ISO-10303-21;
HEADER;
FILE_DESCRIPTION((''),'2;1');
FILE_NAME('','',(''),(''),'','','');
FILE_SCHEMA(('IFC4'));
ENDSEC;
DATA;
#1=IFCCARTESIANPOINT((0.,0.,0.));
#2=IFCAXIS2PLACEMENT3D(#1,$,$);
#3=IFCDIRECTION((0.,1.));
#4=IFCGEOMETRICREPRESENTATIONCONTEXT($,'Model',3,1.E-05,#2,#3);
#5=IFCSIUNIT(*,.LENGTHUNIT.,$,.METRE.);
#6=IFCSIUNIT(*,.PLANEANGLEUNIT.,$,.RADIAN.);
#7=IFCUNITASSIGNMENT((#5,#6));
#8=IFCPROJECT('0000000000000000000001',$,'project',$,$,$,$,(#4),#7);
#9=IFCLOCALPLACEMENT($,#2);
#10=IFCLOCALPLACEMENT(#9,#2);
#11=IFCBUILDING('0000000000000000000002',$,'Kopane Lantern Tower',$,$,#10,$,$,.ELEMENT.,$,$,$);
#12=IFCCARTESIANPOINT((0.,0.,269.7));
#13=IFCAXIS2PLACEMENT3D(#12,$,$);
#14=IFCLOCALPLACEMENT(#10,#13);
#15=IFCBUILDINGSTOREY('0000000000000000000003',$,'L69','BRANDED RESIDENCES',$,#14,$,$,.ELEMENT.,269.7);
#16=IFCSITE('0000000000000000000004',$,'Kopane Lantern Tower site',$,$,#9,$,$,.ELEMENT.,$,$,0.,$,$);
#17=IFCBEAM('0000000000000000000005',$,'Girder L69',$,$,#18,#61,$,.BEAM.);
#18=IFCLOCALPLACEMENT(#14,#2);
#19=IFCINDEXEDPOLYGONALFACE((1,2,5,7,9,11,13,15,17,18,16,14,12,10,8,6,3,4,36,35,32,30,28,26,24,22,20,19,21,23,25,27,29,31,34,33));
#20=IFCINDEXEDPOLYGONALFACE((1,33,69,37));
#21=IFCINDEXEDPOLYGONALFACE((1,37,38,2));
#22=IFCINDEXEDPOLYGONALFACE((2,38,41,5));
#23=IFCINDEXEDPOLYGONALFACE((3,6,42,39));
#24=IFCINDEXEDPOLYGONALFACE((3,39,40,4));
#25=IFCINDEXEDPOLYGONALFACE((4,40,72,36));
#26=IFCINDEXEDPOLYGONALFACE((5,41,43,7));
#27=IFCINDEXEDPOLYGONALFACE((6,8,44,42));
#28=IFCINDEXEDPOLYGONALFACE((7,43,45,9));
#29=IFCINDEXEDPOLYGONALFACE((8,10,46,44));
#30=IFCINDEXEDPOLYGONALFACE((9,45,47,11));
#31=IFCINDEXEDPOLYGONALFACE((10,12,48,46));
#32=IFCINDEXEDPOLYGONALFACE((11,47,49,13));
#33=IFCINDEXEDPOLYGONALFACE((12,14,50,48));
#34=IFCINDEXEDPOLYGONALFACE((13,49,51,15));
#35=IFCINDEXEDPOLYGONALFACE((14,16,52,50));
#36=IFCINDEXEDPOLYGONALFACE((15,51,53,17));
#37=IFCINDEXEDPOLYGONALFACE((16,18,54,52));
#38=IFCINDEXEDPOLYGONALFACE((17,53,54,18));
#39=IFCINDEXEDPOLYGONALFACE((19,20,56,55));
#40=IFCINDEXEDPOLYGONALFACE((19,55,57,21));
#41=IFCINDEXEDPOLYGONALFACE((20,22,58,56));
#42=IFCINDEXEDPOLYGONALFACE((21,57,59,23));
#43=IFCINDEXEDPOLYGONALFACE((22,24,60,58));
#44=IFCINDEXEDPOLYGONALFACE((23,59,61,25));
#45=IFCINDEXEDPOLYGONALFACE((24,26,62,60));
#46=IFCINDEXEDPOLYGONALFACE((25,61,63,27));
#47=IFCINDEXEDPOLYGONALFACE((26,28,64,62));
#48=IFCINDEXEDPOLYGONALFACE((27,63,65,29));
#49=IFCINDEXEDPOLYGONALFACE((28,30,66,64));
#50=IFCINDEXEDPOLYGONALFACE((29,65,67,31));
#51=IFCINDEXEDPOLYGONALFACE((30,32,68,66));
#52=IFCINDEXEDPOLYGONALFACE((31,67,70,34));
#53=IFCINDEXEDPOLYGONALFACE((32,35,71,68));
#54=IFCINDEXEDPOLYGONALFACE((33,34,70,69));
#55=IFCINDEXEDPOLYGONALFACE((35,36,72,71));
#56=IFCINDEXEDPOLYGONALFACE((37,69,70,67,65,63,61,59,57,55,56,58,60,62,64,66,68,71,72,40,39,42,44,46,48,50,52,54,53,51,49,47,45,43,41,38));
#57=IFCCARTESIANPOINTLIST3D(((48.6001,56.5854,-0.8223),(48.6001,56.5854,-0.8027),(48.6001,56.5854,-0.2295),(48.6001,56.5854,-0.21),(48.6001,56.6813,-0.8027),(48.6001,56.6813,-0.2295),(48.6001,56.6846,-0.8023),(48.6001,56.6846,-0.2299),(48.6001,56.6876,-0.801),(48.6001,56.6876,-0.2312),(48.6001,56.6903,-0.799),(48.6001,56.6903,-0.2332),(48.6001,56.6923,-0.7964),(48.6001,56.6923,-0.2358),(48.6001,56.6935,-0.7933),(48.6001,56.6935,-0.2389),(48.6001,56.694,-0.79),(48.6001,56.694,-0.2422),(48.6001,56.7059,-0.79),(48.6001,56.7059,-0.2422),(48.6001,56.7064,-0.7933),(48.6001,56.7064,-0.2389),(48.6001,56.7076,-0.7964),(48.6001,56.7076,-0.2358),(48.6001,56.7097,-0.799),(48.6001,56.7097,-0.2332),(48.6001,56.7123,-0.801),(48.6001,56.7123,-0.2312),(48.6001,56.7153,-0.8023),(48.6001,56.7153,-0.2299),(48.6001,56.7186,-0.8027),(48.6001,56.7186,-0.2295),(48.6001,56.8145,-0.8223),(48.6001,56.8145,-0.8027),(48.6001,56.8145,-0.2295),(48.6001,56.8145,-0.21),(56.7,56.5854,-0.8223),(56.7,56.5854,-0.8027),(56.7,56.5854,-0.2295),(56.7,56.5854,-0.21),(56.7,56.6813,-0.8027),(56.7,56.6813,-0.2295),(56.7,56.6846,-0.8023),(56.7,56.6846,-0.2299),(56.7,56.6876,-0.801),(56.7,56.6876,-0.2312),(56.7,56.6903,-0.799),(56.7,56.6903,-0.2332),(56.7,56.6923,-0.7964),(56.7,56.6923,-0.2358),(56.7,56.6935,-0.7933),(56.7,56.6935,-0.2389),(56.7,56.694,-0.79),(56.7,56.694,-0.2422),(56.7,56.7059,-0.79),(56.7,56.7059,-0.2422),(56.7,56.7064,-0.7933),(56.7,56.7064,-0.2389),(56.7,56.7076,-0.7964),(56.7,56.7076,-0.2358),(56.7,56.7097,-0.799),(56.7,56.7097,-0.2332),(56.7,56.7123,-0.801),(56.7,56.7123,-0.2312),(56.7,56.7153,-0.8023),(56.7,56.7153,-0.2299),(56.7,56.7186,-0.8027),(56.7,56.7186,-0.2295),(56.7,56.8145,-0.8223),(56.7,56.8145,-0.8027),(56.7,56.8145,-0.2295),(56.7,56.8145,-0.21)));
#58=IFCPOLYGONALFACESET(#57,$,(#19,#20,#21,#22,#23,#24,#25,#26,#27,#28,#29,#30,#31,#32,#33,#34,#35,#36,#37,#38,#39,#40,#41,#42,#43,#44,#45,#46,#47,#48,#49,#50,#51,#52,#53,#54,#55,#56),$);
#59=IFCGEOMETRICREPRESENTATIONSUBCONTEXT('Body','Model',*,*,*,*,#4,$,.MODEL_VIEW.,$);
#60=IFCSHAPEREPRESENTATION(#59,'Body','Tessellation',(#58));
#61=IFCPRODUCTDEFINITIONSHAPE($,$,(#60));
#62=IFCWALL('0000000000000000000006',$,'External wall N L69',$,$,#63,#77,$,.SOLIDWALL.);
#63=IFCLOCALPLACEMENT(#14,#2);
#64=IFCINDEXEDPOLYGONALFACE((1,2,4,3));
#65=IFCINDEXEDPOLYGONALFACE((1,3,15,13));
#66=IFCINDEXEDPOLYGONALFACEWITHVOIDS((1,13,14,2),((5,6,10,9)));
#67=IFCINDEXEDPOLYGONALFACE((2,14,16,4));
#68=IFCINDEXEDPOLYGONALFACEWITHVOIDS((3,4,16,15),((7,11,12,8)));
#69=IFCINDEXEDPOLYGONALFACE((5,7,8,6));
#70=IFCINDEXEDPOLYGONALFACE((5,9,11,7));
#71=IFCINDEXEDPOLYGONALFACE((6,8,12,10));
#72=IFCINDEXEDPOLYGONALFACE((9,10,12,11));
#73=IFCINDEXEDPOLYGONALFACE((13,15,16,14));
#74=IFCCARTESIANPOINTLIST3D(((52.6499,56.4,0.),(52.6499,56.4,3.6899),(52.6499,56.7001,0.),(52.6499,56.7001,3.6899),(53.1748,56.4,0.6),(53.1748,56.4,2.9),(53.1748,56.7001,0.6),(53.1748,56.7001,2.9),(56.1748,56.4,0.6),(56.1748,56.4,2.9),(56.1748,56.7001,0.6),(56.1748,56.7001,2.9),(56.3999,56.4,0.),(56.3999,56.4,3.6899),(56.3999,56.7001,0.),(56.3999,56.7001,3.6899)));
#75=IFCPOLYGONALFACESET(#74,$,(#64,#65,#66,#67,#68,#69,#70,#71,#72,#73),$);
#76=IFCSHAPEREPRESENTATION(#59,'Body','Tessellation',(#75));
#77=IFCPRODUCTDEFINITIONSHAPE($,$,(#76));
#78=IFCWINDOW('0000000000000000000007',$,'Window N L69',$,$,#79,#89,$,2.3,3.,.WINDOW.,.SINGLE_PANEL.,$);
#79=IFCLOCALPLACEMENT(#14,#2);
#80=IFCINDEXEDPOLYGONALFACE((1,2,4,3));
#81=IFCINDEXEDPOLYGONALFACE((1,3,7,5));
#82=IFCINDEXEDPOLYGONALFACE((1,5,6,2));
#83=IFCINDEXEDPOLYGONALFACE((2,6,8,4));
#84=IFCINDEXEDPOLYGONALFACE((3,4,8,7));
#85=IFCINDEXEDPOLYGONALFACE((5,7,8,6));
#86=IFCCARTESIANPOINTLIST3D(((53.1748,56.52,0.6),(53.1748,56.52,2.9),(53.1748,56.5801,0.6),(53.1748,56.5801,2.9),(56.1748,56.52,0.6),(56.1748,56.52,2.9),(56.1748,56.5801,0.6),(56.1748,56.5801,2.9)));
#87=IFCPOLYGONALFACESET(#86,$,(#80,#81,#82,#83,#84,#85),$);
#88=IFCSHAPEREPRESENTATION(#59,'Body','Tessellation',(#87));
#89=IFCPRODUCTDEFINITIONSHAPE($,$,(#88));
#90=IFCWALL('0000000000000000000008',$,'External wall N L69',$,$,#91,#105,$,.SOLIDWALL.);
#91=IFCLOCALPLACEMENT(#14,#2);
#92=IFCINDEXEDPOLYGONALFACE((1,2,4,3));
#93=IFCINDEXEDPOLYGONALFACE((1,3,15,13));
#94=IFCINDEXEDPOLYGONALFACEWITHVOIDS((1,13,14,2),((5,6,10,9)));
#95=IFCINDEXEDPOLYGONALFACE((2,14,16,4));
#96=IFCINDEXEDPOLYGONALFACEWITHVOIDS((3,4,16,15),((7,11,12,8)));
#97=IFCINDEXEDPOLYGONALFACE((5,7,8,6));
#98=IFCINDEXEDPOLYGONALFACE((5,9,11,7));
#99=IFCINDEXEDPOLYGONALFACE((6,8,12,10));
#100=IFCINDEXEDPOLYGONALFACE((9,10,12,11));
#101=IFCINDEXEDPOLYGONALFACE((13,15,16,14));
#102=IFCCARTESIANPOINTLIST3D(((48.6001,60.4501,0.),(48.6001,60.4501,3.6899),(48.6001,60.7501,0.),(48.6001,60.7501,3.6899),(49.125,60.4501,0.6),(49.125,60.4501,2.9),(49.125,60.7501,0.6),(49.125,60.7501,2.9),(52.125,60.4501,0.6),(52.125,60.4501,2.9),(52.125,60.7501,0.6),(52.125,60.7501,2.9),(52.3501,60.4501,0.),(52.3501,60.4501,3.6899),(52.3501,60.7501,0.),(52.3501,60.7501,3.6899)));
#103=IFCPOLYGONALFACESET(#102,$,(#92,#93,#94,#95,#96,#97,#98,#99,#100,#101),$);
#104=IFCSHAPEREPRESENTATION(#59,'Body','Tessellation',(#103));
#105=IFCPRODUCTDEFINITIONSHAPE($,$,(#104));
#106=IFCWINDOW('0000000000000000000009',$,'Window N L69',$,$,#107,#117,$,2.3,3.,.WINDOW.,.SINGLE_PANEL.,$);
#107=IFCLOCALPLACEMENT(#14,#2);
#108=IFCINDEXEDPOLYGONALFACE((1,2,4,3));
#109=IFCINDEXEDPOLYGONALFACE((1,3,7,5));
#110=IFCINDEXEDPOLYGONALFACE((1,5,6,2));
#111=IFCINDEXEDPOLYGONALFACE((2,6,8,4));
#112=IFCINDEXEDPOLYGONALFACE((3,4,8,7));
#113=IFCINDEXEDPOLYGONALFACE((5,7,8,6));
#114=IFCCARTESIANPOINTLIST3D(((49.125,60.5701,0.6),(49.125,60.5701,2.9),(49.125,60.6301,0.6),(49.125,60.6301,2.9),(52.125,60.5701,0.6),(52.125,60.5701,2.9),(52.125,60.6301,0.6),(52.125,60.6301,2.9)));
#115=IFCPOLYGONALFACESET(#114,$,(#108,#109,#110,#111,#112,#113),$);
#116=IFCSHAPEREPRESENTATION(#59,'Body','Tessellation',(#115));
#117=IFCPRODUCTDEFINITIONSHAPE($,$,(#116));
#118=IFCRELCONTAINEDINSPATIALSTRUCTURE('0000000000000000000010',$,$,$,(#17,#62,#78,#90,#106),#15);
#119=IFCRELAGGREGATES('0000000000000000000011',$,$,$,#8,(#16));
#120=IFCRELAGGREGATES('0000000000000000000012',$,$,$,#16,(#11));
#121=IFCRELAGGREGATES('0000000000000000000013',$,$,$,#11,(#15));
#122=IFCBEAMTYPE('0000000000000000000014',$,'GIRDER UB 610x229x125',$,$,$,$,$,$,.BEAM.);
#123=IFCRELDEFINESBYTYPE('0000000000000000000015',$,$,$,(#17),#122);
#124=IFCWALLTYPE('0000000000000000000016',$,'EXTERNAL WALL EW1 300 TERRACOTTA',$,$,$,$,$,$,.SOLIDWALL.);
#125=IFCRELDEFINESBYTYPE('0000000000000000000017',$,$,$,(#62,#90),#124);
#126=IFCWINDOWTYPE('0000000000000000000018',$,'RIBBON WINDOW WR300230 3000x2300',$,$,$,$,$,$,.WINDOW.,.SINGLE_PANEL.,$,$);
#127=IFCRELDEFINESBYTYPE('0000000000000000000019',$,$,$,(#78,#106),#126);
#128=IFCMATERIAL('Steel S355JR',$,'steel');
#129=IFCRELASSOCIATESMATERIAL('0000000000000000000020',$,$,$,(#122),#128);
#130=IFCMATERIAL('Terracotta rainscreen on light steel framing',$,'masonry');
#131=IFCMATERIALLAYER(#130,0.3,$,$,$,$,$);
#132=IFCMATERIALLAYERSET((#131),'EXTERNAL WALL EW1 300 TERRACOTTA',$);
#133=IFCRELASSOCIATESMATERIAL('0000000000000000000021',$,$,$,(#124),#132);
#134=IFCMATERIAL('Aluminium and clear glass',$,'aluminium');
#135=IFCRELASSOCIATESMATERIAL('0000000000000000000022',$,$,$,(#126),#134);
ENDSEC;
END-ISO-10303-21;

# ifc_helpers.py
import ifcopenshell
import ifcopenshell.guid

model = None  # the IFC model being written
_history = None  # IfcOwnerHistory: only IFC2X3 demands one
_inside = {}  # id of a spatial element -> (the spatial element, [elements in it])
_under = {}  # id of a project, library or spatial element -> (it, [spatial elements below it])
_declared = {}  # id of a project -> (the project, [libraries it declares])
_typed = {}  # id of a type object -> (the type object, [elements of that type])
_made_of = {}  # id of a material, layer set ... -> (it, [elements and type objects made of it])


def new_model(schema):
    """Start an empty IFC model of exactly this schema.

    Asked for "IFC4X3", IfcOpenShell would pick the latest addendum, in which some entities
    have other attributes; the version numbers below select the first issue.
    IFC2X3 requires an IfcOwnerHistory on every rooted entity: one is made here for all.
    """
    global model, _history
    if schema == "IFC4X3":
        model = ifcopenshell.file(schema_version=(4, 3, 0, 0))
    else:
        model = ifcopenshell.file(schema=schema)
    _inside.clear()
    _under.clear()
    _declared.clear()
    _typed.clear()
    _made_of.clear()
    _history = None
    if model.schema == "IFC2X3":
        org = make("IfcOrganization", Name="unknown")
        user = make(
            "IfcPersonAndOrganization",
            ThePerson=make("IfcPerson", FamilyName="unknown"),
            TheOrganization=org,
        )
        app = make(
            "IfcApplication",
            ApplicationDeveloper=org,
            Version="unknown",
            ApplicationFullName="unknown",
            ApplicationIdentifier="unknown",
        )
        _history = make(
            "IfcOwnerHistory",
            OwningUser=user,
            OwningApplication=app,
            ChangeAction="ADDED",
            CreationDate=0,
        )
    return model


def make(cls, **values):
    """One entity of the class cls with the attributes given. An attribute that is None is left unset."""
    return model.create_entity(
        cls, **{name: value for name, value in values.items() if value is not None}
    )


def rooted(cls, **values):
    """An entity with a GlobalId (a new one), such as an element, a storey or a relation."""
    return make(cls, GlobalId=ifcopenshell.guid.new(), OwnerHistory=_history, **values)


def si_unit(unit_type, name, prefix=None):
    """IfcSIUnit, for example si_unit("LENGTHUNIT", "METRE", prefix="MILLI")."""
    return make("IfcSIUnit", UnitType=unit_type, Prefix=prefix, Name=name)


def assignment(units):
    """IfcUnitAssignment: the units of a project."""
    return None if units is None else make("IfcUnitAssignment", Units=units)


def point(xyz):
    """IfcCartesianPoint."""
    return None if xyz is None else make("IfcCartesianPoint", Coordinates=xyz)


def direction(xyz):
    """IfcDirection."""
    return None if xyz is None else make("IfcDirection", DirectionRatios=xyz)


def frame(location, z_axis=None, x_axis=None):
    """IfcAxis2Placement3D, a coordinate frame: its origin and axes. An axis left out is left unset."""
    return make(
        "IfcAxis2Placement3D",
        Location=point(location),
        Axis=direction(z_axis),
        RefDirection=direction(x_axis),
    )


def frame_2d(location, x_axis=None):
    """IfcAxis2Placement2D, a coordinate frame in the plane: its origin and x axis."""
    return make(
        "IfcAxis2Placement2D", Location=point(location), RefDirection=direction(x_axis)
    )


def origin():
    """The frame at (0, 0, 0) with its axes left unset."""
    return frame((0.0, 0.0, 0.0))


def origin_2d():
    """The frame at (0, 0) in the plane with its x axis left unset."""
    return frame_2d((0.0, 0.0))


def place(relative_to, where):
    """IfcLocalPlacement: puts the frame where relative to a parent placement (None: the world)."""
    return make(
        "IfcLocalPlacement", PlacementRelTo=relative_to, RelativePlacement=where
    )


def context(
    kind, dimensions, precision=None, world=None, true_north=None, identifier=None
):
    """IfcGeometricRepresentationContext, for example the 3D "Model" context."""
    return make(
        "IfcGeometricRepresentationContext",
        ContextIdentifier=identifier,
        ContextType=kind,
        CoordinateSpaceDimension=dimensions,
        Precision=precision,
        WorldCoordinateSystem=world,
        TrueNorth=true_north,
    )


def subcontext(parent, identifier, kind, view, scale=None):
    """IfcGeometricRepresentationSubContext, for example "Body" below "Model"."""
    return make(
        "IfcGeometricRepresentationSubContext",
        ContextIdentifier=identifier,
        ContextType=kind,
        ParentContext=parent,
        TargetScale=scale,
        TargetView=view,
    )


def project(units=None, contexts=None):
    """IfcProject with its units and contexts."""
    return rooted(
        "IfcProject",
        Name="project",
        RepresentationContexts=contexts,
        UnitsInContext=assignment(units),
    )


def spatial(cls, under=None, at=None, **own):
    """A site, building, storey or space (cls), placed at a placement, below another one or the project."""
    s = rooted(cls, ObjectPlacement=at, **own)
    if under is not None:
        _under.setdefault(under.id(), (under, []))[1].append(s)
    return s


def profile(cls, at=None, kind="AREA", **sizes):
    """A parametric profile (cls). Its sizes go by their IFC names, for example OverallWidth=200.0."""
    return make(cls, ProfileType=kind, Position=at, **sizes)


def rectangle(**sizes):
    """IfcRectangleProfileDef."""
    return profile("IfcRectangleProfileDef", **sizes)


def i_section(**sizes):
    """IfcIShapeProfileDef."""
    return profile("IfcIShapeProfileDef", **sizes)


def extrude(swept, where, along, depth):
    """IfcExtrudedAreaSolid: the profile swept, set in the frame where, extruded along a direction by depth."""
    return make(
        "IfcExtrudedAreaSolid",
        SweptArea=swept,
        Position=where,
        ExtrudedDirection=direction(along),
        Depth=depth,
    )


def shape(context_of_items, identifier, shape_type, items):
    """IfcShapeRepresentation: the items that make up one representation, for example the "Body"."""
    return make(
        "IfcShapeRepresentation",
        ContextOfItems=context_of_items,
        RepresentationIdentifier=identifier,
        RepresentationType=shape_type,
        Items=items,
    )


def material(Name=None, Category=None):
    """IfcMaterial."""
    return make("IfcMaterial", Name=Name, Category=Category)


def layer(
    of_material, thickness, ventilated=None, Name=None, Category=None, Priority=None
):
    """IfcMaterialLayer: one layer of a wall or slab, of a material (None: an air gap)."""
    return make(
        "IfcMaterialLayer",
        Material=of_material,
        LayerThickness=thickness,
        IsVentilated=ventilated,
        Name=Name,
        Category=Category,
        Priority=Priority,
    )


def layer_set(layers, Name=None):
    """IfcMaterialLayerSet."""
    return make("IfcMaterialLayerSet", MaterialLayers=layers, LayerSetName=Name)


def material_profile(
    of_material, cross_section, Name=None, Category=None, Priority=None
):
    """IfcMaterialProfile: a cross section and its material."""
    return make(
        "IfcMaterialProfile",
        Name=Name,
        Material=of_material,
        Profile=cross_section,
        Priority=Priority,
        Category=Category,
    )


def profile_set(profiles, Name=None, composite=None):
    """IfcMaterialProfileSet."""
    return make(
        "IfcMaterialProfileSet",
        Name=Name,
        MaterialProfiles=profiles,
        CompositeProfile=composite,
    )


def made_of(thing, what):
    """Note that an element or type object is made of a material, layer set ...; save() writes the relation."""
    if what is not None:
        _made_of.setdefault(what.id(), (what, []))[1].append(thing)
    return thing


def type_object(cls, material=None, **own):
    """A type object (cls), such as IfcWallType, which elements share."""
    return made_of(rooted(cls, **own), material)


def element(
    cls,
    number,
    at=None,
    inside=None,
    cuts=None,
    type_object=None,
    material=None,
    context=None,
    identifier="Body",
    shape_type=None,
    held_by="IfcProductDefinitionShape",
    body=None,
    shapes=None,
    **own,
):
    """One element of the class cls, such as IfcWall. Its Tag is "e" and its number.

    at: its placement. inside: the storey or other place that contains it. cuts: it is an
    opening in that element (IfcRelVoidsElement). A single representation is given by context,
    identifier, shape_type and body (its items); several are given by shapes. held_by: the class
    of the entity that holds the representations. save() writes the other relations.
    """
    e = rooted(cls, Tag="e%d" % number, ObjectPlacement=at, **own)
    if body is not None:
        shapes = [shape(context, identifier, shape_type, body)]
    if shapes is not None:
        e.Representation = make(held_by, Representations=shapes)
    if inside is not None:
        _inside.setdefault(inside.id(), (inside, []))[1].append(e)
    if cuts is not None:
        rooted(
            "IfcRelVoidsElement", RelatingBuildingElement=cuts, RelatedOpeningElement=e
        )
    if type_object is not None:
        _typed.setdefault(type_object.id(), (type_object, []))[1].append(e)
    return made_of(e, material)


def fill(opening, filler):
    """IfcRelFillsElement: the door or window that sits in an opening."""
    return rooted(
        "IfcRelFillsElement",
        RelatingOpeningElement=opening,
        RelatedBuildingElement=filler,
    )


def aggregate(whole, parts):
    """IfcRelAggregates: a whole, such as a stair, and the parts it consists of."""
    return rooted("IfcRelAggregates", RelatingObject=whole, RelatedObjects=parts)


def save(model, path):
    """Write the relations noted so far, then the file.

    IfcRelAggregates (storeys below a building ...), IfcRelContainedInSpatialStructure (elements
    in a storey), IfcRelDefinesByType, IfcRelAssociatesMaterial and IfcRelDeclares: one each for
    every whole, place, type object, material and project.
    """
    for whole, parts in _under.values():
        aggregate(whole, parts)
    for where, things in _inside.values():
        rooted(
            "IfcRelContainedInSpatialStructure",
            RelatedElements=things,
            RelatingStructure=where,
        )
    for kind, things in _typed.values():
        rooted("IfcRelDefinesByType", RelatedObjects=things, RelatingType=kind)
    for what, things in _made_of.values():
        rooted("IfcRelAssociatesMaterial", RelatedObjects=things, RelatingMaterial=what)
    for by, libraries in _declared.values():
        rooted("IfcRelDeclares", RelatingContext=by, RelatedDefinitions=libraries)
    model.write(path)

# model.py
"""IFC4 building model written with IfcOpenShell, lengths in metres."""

from ifc_helpers import new_model, si_unit, direction, frame, frame_2d, origin, origin_2d, place, context, subcontext, project, spatial, rectangle, i_section, extrude, material, layer, layer_set, material_profile, profile_set, type_object, element, fill, save


model = new_model("IFC4")

# Units and contexts
model_context = context("Model", 3, precision=1e-05, world=origin(), true_north=direction((0.0, 1.0)))
body_context = subcontext(model_context, "Body", "Model", "MODEL_VIEW")
ifc_project = project(units=[si_unit("LENGTHUNIT", "METRE"), si_unit("PLANEANGLEUNIT", "RADIAN")], contexts=[model_context])

# Site, building, storey
site_placement = place(None, origin())
site = spatial("IfcSite", under=ifc_project, at=site_placement, Name="Kopane Lantern Tower site", CompositionType="ELEMENT", RefElevation=0.0)
building_placement = place(site_placement, origin())
building = spatial("IfcBuilding", under=site, at=building_placement, Name="Kopane Lantern Tower", CompositionType="ELEMENT")
storey_placement = place(building_placement, frame((0.0, 0.0, 269.7)))
storey = spatial("IfcBuildingStorey", under=building, at=storey_placement, Name="L69", Description="BRANDED RESIDENCES", CompositionType="ELEMENT", Elevation=269.7)

# Beam
ifc_material_1 = material(Name="Steel S355JR", Category="steel")
ifc_material_profile_1 = material_profile(ifc_material_1, i_section(OverallWidth=0.229, OverallDepth=0.6123, WebThickness=0.012, FlangeThickness=0.0195, FilletRadius=0.0127, at=origin_2d()), Name="UB 610x229x125")
ifc_profile_set_1 = profile_set([ifc_material_profile_1], Name="Steel S355JR")
beam_type_1 = type_object("IfcBeamType", Name="GIRDER UB 610x229x125", PredefinedType="BEAM", material=ifc_profile_set_1)
beam_1_placement = place(storey_placement, frame((48.6001, 56.7, -0.5161), z_axis=(1.0, 0.0, 0.0), x_axis=(0.0, 1.0, 0.0)))
element("IfcBeam", 1, at=beam_1_placement, inside=storey, type_object=beam_type_1, Name="Girder L69", PredefinedType="BEAM", context=body_context, shape_type="SweptSolid", body=[
    extrude(i_section(OverallWidth=0.229, OverallDepth=0.6123, WebThickness=0.012, FlangeThickness=0.0195, FilletRadius=0.0127, at=origin_2d()), origin(), (0.0, 0.0, 1.0), 8.0999),
])

# Walls, openings, windows
ifc_material_2 = material(Name="Terracotta rainscreen on light steel framing", Category="masonry")
ifc_layer = layer(ifc_material_2, 0.3)
ifc_layer_set = layer_set([ifc_layer], Name="EXTERNAL WALL EW1 300 TERRACOTTA")
wall_type = type_object("IfcWallType", Name="EXTERNAL WALL EW1 300 TERRACOTTA", PredefinedType="SOLIDWALL", material=ifc_layer_set)
wall_1_placement = place(storey_placement, frame((56.3999, 56.55, 0.0), z_axis=(0.0, 0.0, 1.0), x_axis=(-1.0, 0.0, 0.0)))
wall_1 = element("IfcWall", 2, at=wall_1_placement, inside=storey, type_object=wall_type, Name="External wall N L69", PredefinedType="SOLIDWALL", context=body_context, shape_type="SweptSolid", body=[
    extrude(rectangle(XDim=3.75, YDim=0.3, at=frame_2d((1.875, 0.0))), origin(), (0.0, 0.0, 1.0), 3.6899),
])
opening_1_placement = place(wall_1_placement, frame((0.2251, 0.0, 0.6001)))
opening_1 = element("IfcOpeningElement", 3, at=opening_1_placement, cuts=wall_1, PredefinedType="OPENING", context=body_context, shape_type="SweptSolid", body=[
    extrude(rectangle(XDim=3.0, YDim=2.3, at=frame_2d((1.5, 1.1499))), frame((0.0, 0.1599, 0.0), z_axis=(0.0, -1.0, 0.0), x_axis=(1.0, 0.0, 0.0)), (0.0, 0.0, 1.0), 0.3201),
])
ifc_material_3 = material(Name="Aluminium and clear glass", Category="aluminium")
window_type = type_object("IfcWindowType", Name="RIBBON WINDOW WR300230 3000x2300", PartitioningType="SINGLE_PANEL", PredefinedType="WINDOW", material=ifc_material_3)
window_1_placement = place(opening_1_placement, origin())
window_1 = element("IfcWindow", 4, at=window_1_placement, inside=storey, type_object=window_type, Name="Window N L69", OverallHeight=2.3, OverallWidth=3.0, PartitioningType="SINGLE_PANEL", PredefinedType="WINDOW", context=body_context, shape_type="SweptSolid", body=[
    extrude(rectangle(XDim=3.0, YDim=2.3, at=frame_2d((1.5, 1.1499))), frame((0.0, 0.03, 0.0), z_axis=(0.0, -1.0, 0.0), x_axis=(1.0, 0.0, 0.0)), (0.0, 0.0, 1.0), 0.0601),
])
fill(opening_1, window_1)
wall_2_placement = place(storey_placement, frame((52.3501, 60.6001, 0.0), z_axis=(0.0, 0.0, 1.0), x_axis=(-1.0, 0.0, 0.0)))
wall_2 = element("IfcWall", 5, at=wall_2_placement, inside=storey, type_object=wall_type, Name="External wall N L69", PredefinedType="SOLIDWALL", context=body_context, shape_type="SweptSolid", body=[
    extrude(rectangle(XDim=3.75, YDim=0.3, at=frame_2d((1.875, 0.0))), origin(), (0.0, 0.0, 1.0), 3.6899),
])
opening_2_placement = place(wall_2_placement, frame((0.2251, 0.0, 0.6001)))
opening_2 = element("IfcOpeningElement", 6, at=opening_2_placement, cuts=wall_2, PredefinedType="OPENING", context=body_context, shape_type="SweptSolid", body=[
    extrude(rectangle(XDim=3.0, YDim=2.3, at=frame_2d((1.5, 1.1499))), frame((0.0, 0.1599, 0.0), z_axis=(0.0, -1.0, 0.0), x_axis=(1.0, 0.0, 0.0)), (0.0, 0.0, 1.0), 0.3201),
])
window_2_placement = place(opening_2_placement, origin())
window_2 = element("IfcWindow", 7, at=window_2_placement, inside=storey, type_object=window_type, Name="Window N L69", OverallHeight=2.3, OverallWidth=3.0, PartitioningType="SINGLE_PANEL", PredefinedType="WINDOW", context=body_context, shape_type="SweptSolid", body=[
    extrude(rectangle(XDim=3.0, YDim=2.3, at=frame_2d((1.5, 1.1499))), frame((0.0, 0.03, 0.0), z_axis=(0.0, -1.0, 0.0), x_axis=(1.0, 0.0, 0.0)), (0.0, 0.0, 1.0), 0.0601),
])
fill(opening_2, window_2)

save(model, "model.ifc")
